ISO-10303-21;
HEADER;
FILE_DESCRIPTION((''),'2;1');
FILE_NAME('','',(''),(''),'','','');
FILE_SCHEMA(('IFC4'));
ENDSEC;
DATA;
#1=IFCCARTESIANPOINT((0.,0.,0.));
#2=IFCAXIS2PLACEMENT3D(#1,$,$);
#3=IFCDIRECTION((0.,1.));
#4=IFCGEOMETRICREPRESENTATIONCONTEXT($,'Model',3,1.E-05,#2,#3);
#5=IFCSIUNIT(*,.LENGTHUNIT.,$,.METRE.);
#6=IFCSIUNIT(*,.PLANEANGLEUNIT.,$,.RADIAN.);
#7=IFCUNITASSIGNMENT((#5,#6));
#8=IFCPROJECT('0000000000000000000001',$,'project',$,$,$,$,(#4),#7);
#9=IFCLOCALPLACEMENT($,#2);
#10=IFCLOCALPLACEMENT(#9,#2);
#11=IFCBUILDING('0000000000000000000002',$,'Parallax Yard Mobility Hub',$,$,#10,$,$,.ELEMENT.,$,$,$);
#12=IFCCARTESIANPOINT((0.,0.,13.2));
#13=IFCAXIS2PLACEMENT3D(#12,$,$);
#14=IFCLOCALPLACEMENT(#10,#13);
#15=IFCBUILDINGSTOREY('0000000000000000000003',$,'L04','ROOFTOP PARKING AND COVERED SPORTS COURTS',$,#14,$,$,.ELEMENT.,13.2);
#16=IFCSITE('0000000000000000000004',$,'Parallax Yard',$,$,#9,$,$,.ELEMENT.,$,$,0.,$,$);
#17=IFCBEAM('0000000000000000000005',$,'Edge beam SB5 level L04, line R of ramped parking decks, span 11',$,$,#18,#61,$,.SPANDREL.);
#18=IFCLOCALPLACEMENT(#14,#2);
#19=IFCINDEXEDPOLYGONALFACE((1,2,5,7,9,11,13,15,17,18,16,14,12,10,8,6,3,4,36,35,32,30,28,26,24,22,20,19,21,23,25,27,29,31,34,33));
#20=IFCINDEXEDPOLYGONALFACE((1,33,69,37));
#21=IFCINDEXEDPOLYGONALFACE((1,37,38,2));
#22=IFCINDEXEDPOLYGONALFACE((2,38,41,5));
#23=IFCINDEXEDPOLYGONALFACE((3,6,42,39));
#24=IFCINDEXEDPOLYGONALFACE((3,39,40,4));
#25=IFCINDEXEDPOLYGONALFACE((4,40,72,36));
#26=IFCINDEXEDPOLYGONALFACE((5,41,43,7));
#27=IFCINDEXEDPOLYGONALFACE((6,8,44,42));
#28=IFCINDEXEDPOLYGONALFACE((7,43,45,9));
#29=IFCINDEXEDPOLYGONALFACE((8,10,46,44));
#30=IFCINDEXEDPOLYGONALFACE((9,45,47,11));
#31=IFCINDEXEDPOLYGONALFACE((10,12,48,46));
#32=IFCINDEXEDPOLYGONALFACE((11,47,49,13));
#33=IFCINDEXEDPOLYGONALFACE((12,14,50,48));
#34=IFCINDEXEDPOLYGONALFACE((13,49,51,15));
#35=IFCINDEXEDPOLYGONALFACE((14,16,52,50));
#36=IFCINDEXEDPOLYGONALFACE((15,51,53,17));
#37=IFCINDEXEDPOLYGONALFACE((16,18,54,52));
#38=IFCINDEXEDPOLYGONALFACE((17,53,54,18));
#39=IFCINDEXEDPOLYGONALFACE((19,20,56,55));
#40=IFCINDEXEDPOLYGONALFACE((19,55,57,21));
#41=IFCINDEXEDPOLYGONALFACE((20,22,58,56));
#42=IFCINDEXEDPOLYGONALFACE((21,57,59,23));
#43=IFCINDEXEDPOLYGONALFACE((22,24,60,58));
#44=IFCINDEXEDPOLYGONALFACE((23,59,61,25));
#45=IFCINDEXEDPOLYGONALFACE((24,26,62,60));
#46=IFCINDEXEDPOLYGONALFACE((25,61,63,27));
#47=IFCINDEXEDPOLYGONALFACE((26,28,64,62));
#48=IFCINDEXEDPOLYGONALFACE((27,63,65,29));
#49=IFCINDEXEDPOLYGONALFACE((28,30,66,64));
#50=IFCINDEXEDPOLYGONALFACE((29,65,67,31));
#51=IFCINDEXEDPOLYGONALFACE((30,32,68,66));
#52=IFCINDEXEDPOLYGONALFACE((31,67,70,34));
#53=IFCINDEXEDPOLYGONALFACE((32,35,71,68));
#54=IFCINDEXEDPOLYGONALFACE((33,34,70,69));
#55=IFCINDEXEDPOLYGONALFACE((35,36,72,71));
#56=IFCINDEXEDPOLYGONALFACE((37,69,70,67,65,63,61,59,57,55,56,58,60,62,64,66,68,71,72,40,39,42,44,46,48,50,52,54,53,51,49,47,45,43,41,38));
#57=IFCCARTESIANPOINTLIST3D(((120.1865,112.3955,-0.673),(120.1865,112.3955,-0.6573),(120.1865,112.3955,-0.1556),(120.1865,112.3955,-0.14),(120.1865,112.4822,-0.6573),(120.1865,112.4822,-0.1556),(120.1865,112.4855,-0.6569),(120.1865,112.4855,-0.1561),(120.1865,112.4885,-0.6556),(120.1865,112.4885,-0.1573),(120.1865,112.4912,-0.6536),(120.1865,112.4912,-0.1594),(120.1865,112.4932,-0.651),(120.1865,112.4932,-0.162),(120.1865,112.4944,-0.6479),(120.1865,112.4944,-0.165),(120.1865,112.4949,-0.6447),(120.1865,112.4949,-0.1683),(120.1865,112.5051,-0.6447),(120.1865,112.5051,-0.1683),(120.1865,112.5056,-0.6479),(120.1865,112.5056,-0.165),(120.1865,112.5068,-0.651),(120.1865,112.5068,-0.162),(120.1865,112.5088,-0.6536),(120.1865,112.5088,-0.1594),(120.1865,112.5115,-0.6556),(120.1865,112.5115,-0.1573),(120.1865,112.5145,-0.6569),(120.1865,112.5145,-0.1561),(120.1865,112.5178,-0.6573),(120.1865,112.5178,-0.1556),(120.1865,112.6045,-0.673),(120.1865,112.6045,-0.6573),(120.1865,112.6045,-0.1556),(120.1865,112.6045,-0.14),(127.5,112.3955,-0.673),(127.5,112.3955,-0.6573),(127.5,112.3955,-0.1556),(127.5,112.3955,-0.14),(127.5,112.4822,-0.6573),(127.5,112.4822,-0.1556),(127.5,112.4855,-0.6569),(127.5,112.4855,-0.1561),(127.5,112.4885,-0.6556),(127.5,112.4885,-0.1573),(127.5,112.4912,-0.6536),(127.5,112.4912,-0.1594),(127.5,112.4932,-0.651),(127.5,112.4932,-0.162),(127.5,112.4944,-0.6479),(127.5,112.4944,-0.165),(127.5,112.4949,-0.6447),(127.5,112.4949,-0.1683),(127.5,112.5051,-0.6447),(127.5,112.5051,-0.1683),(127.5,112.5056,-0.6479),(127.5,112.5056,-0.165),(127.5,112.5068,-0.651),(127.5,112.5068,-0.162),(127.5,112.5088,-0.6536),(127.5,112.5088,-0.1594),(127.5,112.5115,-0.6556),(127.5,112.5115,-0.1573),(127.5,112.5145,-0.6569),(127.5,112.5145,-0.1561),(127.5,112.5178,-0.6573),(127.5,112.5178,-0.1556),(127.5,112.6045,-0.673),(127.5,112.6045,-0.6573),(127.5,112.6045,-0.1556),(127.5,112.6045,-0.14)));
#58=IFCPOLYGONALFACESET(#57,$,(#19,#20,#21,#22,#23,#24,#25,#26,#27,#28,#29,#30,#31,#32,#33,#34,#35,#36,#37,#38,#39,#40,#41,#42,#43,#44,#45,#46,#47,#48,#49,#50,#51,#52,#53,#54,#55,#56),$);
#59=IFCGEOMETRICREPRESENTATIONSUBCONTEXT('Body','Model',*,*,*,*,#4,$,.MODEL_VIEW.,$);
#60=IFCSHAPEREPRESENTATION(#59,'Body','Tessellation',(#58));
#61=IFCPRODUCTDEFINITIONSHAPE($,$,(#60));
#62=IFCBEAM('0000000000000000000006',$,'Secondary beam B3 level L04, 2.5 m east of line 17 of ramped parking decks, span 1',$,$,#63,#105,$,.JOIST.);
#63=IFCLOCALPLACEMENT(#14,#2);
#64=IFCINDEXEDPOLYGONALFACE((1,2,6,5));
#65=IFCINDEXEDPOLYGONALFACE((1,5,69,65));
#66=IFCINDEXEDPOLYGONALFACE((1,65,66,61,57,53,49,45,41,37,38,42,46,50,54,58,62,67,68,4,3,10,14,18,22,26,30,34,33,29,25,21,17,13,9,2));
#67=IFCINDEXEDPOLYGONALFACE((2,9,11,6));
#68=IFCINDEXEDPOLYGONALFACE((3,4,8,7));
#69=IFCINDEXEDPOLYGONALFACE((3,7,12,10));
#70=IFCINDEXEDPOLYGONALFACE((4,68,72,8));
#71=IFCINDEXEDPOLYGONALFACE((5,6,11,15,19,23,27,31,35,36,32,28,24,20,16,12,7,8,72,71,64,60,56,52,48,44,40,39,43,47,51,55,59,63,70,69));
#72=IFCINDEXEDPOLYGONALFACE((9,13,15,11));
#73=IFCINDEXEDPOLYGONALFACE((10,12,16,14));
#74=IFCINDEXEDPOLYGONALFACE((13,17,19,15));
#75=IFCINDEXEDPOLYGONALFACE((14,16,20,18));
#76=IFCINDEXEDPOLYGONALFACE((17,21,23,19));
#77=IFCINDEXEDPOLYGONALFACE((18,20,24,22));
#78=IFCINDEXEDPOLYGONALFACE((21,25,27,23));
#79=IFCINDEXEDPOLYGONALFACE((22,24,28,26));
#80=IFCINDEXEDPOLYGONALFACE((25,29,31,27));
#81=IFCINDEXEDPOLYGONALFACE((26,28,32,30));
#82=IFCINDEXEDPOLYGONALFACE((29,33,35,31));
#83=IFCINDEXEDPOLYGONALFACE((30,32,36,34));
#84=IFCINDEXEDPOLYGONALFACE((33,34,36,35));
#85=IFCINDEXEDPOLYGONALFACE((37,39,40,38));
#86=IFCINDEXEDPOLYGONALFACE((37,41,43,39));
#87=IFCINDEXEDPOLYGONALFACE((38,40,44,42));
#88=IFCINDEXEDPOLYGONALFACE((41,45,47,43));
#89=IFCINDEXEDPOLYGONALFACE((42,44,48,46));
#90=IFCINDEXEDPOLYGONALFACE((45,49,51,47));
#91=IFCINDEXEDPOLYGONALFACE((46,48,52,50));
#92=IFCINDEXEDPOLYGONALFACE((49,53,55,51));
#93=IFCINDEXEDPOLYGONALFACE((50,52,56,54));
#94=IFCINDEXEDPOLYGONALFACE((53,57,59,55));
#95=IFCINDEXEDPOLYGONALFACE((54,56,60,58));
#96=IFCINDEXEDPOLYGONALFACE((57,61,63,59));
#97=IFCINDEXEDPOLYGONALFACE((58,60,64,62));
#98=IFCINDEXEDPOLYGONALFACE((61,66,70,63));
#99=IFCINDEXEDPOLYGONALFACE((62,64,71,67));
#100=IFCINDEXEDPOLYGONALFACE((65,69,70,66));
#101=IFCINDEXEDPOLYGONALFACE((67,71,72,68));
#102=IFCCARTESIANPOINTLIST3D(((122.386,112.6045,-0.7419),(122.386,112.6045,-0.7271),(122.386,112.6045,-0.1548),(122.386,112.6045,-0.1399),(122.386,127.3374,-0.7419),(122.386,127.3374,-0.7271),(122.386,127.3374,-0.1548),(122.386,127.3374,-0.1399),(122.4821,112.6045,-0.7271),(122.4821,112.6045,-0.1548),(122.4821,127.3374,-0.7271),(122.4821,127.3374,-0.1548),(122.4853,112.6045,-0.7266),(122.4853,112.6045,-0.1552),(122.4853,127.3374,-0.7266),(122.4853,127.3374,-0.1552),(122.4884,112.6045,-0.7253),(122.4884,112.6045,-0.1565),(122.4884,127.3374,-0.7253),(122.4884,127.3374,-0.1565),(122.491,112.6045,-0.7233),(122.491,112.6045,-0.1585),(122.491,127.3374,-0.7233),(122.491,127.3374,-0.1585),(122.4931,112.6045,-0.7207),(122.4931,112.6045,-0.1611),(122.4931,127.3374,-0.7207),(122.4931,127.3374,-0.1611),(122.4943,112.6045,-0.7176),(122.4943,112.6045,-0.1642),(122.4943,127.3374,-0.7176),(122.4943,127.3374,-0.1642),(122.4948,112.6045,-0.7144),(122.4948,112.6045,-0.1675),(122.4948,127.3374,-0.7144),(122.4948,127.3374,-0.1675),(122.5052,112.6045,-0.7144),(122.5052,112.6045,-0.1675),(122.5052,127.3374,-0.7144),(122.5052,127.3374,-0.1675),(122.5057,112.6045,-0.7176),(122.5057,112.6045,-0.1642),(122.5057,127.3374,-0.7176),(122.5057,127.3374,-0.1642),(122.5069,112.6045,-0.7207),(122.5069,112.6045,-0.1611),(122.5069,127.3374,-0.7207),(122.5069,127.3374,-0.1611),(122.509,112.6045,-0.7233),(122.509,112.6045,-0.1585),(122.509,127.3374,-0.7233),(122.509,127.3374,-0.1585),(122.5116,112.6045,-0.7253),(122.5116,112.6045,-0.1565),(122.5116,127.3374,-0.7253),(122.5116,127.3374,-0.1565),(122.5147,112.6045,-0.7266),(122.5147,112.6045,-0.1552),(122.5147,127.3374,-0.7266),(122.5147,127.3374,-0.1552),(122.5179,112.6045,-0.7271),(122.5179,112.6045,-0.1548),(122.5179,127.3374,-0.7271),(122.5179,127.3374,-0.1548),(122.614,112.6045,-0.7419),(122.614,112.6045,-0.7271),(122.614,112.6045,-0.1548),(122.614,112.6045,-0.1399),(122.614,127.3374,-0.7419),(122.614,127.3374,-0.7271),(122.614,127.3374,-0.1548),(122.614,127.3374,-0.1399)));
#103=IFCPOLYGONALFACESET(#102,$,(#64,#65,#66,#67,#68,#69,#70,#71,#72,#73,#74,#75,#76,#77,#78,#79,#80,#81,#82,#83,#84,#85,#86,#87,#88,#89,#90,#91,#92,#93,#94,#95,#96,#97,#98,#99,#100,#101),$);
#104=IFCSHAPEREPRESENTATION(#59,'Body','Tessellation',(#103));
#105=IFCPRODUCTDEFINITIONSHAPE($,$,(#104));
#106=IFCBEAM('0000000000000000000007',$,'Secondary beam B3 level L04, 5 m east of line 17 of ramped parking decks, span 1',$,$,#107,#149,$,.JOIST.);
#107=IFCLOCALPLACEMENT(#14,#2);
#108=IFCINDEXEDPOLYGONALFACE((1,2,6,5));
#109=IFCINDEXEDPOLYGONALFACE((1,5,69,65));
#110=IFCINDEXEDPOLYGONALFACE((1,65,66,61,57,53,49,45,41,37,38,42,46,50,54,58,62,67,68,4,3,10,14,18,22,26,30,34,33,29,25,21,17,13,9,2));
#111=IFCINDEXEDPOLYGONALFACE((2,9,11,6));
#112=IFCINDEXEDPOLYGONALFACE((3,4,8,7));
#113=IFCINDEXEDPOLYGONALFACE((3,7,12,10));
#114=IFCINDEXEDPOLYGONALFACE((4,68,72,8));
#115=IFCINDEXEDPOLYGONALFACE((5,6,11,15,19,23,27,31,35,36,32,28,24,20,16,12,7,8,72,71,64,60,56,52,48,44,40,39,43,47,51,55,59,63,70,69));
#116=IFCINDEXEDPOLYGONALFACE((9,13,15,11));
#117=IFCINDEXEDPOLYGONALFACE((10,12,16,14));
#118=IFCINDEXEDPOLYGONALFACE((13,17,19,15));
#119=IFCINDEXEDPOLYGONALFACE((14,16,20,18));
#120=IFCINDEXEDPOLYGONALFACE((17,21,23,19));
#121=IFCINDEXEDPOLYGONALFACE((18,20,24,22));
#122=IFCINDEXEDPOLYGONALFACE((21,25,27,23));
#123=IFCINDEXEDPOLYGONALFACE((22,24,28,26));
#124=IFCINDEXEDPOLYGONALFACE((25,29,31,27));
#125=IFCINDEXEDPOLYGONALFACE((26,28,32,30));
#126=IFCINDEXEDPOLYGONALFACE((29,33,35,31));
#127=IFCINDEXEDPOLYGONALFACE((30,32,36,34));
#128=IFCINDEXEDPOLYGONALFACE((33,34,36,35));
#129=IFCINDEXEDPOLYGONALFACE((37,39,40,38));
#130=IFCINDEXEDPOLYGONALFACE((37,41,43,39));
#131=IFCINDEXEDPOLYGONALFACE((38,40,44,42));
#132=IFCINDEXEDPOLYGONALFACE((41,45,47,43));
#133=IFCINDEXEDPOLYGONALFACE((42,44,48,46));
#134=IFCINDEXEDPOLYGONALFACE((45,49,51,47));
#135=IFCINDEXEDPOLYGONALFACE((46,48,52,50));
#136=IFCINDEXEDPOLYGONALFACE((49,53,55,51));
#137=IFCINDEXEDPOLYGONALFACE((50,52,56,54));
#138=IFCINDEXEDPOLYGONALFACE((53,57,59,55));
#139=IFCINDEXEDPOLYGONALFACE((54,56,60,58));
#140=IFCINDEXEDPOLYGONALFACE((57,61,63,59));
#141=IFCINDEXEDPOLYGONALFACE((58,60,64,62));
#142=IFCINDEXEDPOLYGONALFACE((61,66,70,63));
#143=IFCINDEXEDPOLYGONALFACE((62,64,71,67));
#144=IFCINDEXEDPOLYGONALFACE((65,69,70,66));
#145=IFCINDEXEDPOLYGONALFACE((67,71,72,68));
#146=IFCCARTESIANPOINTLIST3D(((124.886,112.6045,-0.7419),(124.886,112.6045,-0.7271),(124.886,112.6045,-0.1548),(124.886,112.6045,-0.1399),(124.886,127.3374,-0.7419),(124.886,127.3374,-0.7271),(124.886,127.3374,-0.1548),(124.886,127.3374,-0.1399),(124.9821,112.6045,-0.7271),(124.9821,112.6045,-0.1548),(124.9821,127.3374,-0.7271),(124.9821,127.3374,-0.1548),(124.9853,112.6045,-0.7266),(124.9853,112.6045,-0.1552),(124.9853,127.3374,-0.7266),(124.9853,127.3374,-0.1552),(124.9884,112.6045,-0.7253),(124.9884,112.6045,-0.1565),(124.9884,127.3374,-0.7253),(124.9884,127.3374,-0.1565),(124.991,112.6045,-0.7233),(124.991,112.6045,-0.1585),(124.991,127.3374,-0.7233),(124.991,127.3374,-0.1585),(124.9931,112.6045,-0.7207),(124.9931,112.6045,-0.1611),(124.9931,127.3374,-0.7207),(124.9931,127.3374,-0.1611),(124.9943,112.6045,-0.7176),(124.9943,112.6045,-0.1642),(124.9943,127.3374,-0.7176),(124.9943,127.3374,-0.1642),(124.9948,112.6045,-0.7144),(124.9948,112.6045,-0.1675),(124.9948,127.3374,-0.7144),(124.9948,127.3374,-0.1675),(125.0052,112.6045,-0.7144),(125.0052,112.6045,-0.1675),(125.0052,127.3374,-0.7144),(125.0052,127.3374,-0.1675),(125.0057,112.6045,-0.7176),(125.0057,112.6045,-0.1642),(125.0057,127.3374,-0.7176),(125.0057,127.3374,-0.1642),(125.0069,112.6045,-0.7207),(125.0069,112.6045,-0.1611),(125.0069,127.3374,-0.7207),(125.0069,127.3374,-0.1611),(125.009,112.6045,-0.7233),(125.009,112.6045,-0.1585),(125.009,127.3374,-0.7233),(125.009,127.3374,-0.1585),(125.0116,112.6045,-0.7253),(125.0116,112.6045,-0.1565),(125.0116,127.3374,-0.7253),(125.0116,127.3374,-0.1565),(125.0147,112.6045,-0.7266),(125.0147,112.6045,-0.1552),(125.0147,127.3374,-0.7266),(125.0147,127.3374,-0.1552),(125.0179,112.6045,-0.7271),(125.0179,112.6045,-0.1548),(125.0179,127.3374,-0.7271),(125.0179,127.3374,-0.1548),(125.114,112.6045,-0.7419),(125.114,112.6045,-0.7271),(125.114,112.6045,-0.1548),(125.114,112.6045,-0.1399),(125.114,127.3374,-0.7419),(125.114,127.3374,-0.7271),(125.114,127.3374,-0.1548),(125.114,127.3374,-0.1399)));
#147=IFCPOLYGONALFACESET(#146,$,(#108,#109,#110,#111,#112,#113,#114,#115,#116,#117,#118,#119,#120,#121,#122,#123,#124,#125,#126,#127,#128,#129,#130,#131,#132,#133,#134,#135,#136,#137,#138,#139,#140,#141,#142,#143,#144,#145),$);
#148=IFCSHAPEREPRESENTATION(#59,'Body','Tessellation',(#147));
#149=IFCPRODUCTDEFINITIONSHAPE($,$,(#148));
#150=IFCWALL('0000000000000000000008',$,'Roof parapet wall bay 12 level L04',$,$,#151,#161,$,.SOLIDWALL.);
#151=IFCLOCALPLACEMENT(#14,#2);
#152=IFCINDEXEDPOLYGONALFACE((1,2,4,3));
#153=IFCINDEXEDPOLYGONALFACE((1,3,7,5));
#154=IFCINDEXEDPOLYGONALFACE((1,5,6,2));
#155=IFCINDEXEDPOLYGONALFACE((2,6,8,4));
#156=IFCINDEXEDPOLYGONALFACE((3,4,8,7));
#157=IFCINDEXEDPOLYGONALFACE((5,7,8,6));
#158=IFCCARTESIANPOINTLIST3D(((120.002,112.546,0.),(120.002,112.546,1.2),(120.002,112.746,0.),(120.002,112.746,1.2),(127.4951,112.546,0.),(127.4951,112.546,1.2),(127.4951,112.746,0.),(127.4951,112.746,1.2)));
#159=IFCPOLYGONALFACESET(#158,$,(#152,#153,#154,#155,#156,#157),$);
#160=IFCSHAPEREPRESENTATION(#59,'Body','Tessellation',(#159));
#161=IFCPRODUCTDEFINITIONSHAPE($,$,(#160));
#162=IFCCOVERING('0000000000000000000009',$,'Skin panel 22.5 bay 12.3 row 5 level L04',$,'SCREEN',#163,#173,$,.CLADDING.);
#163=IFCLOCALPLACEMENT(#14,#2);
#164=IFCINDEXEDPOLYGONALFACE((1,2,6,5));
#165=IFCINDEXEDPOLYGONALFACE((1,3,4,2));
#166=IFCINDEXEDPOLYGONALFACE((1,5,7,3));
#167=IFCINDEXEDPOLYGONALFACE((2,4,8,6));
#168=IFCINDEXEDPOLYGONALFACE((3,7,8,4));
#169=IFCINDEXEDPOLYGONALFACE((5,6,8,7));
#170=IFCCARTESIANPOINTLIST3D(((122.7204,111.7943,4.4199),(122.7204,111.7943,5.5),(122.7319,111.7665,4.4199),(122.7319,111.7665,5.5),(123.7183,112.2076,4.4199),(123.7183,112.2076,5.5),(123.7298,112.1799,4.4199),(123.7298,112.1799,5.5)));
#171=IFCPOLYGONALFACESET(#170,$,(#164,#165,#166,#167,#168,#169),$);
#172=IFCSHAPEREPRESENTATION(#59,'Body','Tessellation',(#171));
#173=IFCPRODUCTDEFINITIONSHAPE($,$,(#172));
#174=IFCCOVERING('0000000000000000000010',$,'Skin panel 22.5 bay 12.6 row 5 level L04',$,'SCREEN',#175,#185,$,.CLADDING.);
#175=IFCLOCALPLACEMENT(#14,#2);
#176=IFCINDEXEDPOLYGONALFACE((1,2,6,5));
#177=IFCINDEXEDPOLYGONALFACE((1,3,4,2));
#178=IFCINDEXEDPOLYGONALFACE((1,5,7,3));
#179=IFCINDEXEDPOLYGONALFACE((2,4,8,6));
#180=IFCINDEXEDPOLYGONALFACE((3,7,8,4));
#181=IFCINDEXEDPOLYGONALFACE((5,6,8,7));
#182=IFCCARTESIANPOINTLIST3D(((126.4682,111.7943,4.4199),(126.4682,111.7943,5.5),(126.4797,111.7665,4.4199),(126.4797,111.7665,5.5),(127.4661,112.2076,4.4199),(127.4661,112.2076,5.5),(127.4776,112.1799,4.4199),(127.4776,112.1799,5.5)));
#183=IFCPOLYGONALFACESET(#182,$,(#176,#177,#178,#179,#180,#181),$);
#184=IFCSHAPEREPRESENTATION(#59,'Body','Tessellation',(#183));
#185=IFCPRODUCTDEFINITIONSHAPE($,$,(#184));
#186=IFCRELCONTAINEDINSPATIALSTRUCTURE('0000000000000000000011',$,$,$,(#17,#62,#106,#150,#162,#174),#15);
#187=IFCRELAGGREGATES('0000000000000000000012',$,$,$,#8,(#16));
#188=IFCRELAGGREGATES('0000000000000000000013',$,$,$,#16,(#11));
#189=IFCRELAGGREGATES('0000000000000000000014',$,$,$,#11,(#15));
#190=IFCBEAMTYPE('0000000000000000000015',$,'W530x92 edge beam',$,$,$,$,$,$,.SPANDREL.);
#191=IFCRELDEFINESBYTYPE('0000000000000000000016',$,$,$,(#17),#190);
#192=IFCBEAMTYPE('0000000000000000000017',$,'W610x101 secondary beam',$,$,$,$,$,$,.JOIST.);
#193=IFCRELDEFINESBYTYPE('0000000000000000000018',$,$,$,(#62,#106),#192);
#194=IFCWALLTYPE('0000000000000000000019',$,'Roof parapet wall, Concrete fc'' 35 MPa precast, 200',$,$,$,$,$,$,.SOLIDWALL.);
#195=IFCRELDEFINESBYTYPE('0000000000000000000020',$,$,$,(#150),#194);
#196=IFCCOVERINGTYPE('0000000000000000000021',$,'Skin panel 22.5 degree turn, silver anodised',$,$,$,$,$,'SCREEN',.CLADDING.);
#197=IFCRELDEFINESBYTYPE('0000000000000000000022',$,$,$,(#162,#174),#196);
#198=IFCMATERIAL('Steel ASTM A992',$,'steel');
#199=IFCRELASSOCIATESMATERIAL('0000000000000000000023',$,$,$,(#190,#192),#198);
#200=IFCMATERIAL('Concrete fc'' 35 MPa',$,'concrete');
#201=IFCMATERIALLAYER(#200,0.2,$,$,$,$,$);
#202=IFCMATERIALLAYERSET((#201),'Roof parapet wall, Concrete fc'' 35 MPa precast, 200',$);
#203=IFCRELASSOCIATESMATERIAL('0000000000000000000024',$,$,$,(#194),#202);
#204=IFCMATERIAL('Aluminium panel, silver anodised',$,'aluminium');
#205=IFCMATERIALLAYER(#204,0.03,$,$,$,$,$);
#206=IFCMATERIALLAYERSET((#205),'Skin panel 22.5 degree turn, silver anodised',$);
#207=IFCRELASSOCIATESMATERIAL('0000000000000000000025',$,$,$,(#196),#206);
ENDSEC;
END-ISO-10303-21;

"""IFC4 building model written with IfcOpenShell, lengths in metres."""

from ifc_helpers import new_model, si_unit, direction, frame, frame_2d, origin, origin_2d, place, context, subcontext, project, spatial, rectangle, i_section, extrude, material, layer, layer_set, material_profile, profile_set, type_object, element, save


model = new_model("IFC4")

# Units and contexts
model_context = context("Model", 3, precision=1e-05, world=origin(), true_north=direction((0.0, 1.0)))
body_context = subcontext(model_context, "Body", "Model", "MODEL_VIEW")
ifc_project = project(units=[si_unit("LENGTHUNIT", "METRE"), si_unit("PLANEANGLEUNIT", "RADIAN")], contexts=[model_context])

# Site, building, storey
site_placement = place(None, origin())
site = spatial("IfcSite", under=ifc_project, at=site_placement, Name="Parallax Yard", CompositionType="ELEMENT", RefElevation=0.0)
building_placement = place(site_placement, origin())
building = spatial("IfcBuilding", under=site, at=building_placement, Name="Parallax Yard Mobility Hub", CompositionType="ELEMENT")
storey_placement = place(building_placement, frame((0.0, 0.0, 13.2)))
storey = spatial("IfcBuildingStorey", under=building, at=storey_placement, Name="L04", Description="ROOFTOP PARKING AND COVERED SPORTS COURTS", CompositionType="ELEMENT", Elevation=13.2)

# Beams
ifc_material_1 = material(Name="Steel ASTM A992", Category="steel")
ifc_material_profile_1 = material_profile(ifc_material_1, i_section(OverallWidth=0.209, OverallDepth=0.533, WebThickness=0.0103, FlangeThickness=0.0156, FilletRadius=0.0127, at=origin_2d()), Name="W530x92")
ifc_profile_set_1 = profile_set([ifc_material_profile_1], Name="Steel ASTM A992")
beam_type_1 = type_object("IfcBeamType", Name="W530x92 edge beam", PredefinedType="SPANDREL", material=ifc_profile_set_1)
beam_placement = place(storey_placement, frame((120.1865, 112.5, -0.4065), z_axis=(1.0, 0.0, 0.0), x_axis=(0.0, 1.0, 0.0)))
element("IfcBeam", 1, at=beam_placement, inside=storey, type_object=beam_type_1, Name="Edge beam SB5 level L04, line R of ramped parking decks, span 11", PredefinedType="SPANDREL", context=body_context, shape_type="SweptSolid", body=[
    extrude(i_section(OverallWidth=0.209, OverallDepth=0.533, WebThickness=0.0103, FlangeThickness=0.0156, FilletRadius=0.0127, at=origin_2d()), origin(), (0.0, 0.0, 1.0), 7.3135),
])
ifc_material_profile_2 = material_profile(ifc_material_1, i_section(OverallWidth=0.228, OverallDepth=0.6021, WebThickness=0.0105, FlangeThickness=0.0149, FilletRadius=0.0127, at=origin_2d()), Name="W610x101")
ifc_profile_set_2 = profile_set([ifc_material_profile_2], Name="Steel ASTM A992")
beam_type_2 = type_object("IfcBeamType", Name="W610x101 secondary beam", PredefinedType="JOIST", material=ifc_profile_set_2)
for number, where, z_axis, x_axis, name in (
    (2, (122.5, 112.6045, -0.4409), (0.0, 1.0, 0.0), (-1.0, 0.0, 0.0), "Secondary beam B3 level L04, 2.5 m east of line 17 of ramped parking decks, span 1"),
    (3, (125.0, 112.6045, -0.4409), (0.0, 1.0, 0.0), (-1.0, 0.0, 0.0), "Secondary beam B3 level L04, 5 m east of line 17 of ramped parking decks, span 1"),
):
    element("IfcBeam", number, at=place(storey_placement, frame(where, z_axis=z_axis, x_axis=x_axis)), inside=storey, type_object=beam_type_2, Name=name, PredefinedType="JOIST", context=body_context, shape_type="SweptSolid", body=[
        extrude(i_section(OverallWidth=0.228, OverallDepth=0.6021, WebThickness=0.0105, FlangeThickness=0.0149, FilletRadius=0.0127, at=origin_2d()), origin(), (0.0, 0.0, 1.0), 14.7329),
    ])

# Wall
ifc_material_2 = material(Name="Concrete fc' 35 MPa", Category="concrete")
ifc_layer_1 = layer(ifc_material_2, 0.2)
ifc_layer_set_1 = layer_set([ifc_layer_1], Name="Roof parapet wall, Concrete fc' 35 MPa precast, 200")
wall_type = type_object("IfcWallType", Name="Roof parapet wall, Concrete fc' 35 MPa precast, 200", PredefinedType="SOLIDWALL", material=ifc_layer_set_1)
wall_placement = place(storey_placement, frame((120.002, 112.646, 0.0), z_axis=(0.0, 0.0, 1.0), x_axis=(1.0, 0.0, 0.0)))
element("IfcWall", 4, at=wall_placement, inside=storey, type_object=wall_type, Name="Roof parapet wall bay 12 level L04", PredefinedType="SOLIDWALL", context=body_context, shape_type="SweptSolid", body=[
    extrude(rectangle(XDim=7.4932, YDim=0.2, at=frame_2d((3.7466, 0.0))), origin(), (0.0, 0.0, 1.0), 1.2),
])

# Coverings
ifc_material_3 = material(Name="Aluminium panel, silver anodised", Category="aluminium")
ifc_layer_2 = layer(ifc_material_3, 0.03)
ifc_layer_set_2 = layer_set([ifc_layer_2], Name="Skin panel 22.5 degree turn, silver anodised")
covering_type_1 = type_object("IfcCoveringType", Name="Skin panel 22.5 degree turn, silver anodised", ElementType="SCREEN", PredefinedType="CLADDING", material=ifc_layer_set_2)
for number, where, z_axis, x_axis, name in (
    (5, (123.2251, 111.9871, 4.4199), (0.0, 0.0, 1.0), (-0.92388, -0.382683, 0.0), "Skin panel 22.5 bay 12.3 row 5 level L04"),
    (6, (126.9729, 111.9871, 4.4199), (0.0, 0.0, 1.0), (-0.92388, -0.382683, 0.0), "Skin panel 22.5 bay 12.6 row 5 level L04"),
):
    element("IfcCovering", number, at=place(storey_placement, frame(where, z_axis=z_axis, x_axis=x_axis)), inside=storey, type_object=covering_type_1, Name=name, ObjectType="SCREEN", PredefinedType="CLADDING", context=body_context, shape_type="SweptSolid", body=[
        extrude(rectangle(XDim=1.0801, YDim=0.03, at=origin_2d()), origin(), (0.0, 0.0, 1.0), 1.0801),
    ])

save(model, "model.ifc")
